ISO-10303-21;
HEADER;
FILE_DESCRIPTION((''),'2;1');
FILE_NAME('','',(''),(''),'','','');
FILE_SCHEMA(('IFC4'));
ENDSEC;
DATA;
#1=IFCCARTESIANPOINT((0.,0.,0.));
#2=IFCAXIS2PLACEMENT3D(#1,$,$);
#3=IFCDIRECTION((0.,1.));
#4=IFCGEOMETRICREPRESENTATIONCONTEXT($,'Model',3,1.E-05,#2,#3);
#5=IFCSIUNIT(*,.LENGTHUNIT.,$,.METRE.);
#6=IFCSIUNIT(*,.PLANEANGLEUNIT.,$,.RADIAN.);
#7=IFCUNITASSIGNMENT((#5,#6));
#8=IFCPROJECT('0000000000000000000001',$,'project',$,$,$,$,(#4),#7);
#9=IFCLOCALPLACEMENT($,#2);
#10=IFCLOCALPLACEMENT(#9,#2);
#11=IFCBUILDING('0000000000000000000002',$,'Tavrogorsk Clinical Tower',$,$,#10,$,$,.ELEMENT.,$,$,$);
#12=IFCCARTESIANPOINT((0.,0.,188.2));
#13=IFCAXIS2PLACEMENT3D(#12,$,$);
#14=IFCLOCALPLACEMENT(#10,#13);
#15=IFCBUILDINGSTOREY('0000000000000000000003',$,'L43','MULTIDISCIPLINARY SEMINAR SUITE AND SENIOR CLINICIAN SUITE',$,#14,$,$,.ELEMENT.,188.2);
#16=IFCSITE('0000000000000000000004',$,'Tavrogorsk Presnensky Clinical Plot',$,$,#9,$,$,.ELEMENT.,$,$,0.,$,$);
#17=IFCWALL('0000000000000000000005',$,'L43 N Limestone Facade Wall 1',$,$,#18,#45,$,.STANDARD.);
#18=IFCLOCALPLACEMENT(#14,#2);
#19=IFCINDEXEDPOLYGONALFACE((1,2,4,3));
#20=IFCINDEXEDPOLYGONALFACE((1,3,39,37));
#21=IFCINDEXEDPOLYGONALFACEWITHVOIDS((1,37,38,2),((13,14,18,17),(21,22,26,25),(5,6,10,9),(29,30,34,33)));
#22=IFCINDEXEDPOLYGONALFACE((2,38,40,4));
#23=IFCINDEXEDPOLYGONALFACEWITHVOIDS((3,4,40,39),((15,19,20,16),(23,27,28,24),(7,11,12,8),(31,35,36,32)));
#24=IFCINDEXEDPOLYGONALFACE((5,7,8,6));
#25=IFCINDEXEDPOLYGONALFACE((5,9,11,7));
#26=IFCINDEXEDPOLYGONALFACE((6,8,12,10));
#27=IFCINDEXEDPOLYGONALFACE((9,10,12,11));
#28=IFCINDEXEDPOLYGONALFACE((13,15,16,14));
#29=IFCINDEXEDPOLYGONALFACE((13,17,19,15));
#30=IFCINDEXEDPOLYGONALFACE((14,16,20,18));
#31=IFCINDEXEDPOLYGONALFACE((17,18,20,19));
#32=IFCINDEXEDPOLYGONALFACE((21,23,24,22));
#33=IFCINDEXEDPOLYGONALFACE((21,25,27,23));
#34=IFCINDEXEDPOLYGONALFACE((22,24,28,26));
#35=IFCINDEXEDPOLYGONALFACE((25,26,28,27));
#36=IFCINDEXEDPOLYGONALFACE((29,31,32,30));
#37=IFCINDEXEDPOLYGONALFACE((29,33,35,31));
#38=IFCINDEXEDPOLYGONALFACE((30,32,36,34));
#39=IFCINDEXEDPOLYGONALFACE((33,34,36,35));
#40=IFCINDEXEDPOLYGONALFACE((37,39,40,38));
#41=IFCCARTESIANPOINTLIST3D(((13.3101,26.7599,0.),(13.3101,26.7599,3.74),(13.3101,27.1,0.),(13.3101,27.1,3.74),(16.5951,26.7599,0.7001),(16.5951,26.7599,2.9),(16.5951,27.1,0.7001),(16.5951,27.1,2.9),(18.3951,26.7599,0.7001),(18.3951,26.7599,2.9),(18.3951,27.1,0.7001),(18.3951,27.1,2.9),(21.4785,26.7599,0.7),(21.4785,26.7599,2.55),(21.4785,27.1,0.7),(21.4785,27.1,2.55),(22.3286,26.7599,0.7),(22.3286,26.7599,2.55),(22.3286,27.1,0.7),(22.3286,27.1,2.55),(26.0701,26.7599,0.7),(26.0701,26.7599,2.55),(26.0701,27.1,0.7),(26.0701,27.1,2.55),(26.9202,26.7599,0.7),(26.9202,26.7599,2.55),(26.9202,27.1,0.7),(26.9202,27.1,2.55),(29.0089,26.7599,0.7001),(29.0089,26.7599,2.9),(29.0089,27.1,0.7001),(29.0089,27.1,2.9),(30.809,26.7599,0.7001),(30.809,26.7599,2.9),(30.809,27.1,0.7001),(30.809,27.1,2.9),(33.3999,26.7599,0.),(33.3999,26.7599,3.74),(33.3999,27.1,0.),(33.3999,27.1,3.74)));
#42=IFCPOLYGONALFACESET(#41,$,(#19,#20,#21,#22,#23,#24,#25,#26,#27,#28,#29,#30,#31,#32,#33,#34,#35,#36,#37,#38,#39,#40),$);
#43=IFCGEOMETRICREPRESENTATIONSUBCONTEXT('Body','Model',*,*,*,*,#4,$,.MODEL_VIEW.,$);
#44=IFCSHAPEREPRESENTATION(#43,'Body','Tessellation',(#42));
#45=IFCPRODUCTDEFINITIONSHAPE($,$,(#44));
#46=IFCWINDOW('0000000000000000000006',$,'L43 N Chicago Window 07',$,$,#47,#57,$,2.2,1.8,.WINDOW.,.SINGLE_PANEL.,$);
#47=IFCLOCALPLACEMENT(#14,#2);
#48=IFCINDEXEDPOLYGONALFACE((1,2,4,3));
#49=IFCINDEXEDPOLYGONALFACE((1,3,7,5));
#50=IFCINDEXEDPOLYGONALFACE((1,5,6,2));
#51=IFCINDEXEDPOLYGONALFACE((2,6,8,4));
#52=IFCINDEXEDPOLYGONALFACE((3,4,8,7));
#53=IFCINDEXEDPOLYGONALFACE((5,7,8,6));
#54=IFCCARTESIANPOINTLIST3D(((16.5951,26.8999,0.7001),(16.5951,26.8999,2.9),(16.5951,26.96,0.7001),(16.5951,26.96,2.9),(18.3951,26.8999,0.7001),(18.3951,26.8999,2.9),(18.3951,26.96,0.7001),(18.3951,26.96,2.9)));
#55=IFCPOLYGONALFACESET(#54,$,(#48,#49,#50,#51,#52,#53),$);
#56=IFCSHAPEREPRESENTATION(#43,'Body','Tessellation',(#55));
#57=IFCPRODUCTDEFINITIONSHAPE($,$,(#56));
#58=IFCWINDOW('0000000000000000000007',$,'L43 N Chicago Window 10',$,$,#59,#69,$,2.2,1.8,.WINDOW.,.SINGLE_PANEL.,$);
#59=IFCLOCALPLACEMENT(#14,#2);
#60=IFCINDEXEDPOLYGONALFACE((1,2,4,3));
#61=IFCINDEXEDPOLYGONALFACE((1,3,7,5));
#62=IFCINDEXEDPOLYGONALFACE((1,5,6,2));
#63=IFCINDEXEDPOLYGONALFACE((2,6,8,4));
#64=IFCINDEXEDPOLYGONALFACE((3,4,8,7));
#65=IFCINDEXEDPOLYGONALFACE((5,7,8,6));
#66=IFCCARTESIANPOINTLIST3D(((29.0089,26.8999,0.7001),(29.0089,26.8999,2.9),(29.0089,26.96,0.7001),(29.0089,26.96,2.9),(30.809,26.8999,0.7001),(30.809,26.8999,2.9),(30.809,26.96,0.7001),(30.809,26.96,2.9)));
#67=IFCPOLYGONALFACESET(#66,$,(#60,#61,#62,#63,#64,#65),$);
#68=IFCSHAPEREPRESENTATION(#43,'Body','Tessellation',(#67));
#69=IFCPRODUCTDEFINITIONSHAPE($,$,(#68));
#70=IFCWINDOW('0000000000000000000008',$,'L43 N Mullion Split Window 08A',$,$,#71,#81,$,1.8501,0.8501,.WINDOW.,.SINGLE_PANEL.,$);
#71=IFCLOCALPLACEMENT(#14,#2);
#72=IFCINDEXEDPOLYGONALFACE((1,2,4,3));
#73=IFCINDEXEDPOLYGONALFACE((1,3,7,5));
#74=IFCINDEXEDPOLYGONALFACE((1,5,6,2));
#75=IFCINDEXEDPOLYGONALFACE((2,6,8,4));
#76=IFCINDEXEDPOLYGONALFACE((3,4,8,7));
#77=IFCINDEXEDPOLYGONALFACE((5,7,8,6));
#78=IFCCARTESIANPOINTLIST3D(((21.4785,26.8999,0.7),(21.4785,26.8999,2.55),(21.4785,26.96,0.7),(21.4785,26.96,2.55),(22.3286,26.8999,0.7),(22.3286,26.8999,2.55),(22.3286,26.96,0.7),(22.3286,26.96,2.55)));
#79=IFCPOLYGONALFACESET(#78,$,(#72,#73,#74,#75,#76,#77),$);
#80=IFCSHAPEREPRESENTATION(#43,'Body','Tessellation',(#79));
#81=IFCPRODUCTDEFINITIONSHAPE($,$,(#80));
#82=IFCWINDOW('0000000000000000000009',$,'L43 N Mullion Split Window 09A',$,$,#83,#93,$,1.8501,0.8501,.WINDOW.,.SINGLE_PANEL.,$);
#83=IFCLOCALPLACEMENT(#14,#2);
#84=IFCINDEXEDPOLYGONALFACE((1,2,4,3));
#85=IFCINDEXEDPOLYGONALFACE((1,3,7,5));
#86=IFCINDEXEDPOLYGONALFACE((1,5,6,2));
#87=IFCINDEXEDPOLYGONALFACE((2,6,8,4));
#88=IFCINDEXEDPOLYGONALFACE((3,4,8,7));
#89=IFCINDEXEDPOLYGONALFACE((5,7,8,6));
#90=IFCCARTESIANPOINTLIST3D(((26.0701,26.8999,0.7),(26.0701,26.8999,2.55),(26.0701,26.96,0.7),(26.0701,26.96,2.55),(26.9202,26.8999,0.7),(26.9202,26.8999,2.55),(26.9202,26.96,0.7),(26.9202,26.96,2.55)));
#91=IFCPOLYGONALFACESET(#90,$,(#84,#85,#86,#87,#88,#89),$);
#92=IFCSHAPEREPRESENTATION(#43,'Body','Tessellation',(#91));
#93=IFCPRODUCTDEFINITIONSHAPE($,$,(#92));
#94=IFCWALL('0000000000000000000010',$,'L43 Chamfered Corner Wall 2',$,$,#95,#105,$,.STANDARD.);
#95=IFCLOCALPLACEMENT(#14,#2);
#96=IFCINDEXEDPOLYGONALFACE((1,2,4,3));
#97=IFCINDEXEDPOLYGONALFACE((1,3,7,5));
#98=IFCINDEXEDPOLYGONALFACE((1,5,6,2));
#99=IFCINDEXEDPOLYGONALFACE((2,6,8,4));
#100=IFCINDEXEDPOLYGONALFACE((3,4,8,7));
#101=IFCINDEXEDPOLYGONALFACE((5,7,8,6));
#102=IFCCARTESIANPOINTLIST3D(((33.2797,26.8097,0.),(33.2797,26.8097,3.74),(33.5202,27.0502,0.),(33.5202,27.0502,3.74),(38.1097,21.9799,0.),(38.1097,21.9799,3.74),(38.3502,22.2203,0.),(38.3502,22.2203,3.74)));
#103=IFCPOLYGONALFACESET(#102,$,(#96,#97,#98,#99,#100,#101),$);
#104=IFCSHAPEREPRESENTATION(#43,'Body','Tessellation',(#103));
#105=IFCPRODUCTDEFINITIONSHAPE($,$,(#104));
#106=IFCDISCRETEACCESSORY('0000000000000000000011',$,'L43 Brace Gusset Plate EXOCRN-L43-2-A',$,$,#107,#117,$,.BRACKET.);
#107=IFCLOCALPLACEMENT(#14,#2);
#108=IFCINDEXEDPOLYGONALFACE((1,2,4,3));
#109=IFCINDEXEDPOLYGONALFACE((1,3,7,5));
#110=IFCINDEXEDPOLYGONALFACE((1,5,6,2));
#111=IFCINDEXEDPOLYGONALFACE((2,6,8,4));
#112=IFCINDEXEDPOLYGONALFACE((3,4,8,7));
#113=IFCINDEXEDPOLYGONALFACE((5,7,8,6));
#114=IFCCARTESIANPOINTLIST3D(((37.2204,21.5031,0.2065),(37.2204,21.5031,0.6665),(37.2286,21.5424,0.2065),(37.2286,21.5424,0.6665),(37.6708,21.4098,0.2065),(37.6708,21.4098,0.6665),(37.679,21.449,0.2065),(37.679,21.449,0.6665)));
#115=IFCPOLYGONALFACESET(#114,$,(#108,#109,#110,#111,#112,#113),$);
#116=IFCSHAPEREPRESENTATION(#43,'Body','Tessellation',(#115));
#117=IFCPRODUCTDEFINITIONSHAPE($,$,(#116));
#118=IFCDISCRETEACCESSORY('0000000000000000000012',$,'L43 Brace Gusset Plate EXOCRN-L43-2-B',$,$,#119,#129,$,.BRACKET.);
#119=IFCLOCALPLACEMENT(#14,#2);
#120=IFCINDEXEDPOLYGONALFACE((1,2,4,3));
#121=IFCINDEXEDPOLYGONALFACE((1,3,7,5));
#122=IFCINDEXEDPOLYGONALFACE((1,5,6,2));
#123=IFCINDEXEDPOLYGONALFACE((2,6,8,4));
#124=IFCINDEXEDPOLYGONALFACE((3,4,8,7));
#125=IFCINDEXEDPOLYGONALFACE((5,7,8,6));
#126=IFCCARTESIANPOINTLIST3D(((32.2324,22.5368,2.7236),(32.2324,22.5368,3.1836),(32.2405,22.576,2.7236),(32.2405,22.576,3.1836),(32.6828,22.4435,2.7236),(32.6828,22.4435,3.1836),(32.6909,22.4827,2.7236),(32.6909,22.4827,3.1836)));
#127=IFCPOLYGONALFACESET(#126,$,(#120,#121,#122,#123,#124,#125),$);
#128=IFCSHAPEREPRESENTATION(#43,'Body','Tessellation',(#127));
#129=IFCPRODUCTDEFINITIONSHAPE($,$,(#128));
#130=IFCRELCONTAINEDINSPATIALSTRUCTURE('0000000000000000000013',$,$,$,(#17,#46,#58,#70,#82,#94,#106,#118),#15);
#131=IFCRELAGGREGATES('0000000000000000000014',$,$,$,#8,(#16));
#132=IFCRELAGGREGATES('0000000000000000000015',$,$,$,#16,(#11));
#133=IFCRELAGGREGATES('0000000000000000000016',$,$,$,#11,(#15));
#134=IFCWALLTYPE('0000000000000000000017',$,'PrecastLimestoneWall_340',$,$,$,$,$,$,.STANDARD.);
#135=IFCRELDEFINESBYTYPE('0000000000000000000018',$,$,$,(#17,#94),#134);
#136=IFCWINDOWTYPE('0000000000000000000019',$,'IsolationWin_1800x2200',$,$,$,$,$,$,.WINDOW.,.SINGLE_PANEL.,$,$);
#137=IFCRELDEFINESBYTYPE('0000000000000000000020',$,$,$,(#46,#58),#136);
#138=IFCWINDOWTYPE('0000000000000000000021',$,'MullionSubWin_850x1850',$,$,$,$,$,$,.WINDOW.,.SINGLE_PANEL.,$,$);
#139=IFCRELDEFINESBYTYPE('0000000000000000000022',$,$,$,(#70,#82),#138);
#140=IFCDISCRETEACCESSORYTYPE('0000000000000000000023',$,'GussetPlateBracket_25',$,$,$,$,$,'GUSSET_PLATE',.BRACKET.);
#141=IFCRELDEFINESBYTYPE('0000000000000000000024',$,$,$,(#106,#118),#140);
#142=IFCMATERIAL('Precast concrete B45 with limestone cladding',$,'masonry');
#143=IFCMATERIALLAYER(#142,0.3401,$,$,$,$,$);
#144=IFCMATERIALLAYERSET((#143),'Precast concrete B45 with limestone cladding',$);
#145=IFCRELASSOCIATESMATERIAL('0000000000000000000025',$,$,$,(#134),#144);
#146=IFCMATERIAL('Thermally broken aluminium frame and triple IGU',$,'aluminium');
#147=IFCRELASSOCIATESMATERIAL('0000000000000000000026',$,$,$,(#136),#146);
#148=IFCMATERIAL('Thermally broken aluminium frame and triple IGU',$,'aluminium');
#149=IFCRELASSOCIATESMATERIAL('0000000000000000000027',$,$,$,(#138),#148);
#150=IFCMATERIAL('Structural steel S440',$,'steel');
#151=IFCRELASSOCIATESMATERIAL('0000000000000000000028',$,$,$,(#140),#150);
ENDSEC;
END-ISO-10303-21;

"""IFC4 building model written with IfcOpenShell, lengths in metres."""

from ifc_helpers import new_model, si_unit, direction, frame, frame_2d, origin, origin_2d, place, context, subcontext, project, spatial, rectangle, extrude, material, layer, layer_set, type_object, element, fill, save


model = new_model("IFC4")

# Units and contexts
model_context = context("Model", 3, precision=1e-05, world=origin(), true_north=direction((0.0, 1.0)))
body_context = subcontext(model_context, "Body", "Model", "MODEL_VIEW")
ifc_project = project(units=[si_unit("LENGTHUNIT", "METRE"), si_unit("PLANEANGLEUNIT", "RADIAN")], contexts=[model_context])

# Site, building, storey
site_placement = place(None, origin())
site = spatial("IfcSite", under=ifc_project, at=site_placement, Name="Tavrogorsk Presnensky Clinical Plot", CompositionType="ELEMENT", RefElevation=0.0)
building_placement = place(site_placement, origin())
building = spatial("IfcBuilding", under=site, at=building_placement, Name="Tavrogorsk Clinical Tower", CompositionType="ELEMENT")
storey_placement = place(building_placement, frame((0.0, 0.0, 188.2)))
storey = spatial("IfcBuildingStorey", under=building, at=storey_placement, Name="L43", Description="MULTIDISCIPLINARY SEMINAR SUITE AND SENIOR CLINICIAN SUITE", CompositionType="ELEMENT", Elevation=188.2)

# Wall, openings, windows
ifc_material_1 = material(Name="Precast concrete B45 with limestone cladding", Category="masonry")
ifc_layer_1 = layer(ifc_material_1, 0.3401)
ifc_layer_set_1 = layer_set([ifc_layer_1], Name="Precast concrete B45 with limestone cladding")
wall_type_1 = type_object("IfcWallType", Name="PrecastLimestoneWall_340", PredefinedType="STANDARD", material=ifc_layer_set_1)
wall_1_placement = place(storey_placement, frame((33.3999, 26.9299, 0.0), z_axis=(0.0, 0.0, 1.0), x_axis=(-1.0, 0.0, 0.0)))
wall_1 = element("IfcWall", 1, at=wall_1_placement, inside=storey, type_object=wall_type_1, Name="L43 N Limestone Facade Wall 1", PredefinedType="STANDARD", context=body_context, shape_type="SweptSolid", body=[
    extrude(rectangle(XDim=20.0898, YDim=0.3401, at=frame_2d((10.0449, 0.0))), origin(), (0.0, 0.0, 1.0), 3.74),
])
opening_1_placement = place(wall_1_placement, frame((15.0049, 0.0, 0.7)))
opening_1 = element("IfcOpeningElement", 2, at=opening_1_placement, cuts=wall_1, PredefinedType="OPENING", context=body_context, shape_type="SweptSolid", body=[
    extrude(rectangle(XDim=1.8, YDim=2.2, at=frame_2d((0.8999, 1.1001))), frame((0.0, 0.1799, 0.0), z_axis=(0.0, -1.0, 0.0), x_axis=(1.0, 0.0, 0.0)), (0.0, 0.0, 1.0), 0.3601),
])
opening_2_placement = place(wall_1_placement, frame((11.0713, 0.0, 0.7)))
opening_2 = element("IfcOpeningElement", 3, at=opening_2_placement, cuts=wall_1, PredefinedType="OPENING", context=body_context, shape_type="SweptSolid", body=[
    extrude(rectangle(XDim=0.8501, YDim=1.8501, at=frame_2d((0.425, 0.925))), frame((0.0, 0.1799, 0.0), z_axis=(0.0, -1.0, 0.0), x_axis=(1.0, 0.0, 0.0)), (0.0, 0.0, 1.0), 0.3601),
])
opening_3_placement = place(wall_1_placement, frame((6.4797, 0.0, 0.7)))
opening_3 = element("IfcOpeningElement", 4, at=opening_3_placement, cuts=wall_1, PredefinedType="OPENING", context=body_context, shape_type="SweptSolid", body=[
    extrude(rectangle(XDim=0.8501, YDim=1.8501, at=frame_2d((0.425, 0.925))), frame((0.0, 0.1799, 0.0), z_axis=(0.0, -1.0, 0.0), x_axis=(1.0, 0.0, 0.0)), (0.0, 0.0, 1.0), 0.3601),
])
opening_4_placement = place(wall_1_placement, frame((2.5911, 0.0, 0.7)))
opening_4 = element("IfcOpeningElement", 5, at=opening_4_placement, cuts=wall_1, PredefinedType="OPENING", context=body_context, shape_type="SweptSolid", body=[
    extrude(rectangle(XDim=1.8, YDim=2.2, at=frame_2d((0.8999, 1.1001))), frame((0.0, 0.1799, 0.0), z_axis=(0.0, -1.0, 0.0), x_axis=(1.0, 0.0, 0.0)), (0.0, 0.0, 1.0), 0.3601),
])
ifc_material_2 = material(Name="Thermally broken aluminium frame and triple IGU", Category="aluminium")
window_type_1 = type_object("IfcWindowType", Name="IsolationWin_1800x2200", PartitioningType="SINGLE_PANEL", PredefinedType="WINDOW", material=ifc_material_2)
window_1_placement = place(opening_1_placement, origin())
window_1 = element("IfcWindow", 6, at=window_1_placement, inside=storey, type_object=window_type_1, Name="L43 N Chicago Window 07", OverallHeight=2.2, OverallWidth=1.8, PartitioningType="SINGLE_PANEL", PredefinedType="WINDOW", context=body_context, shape_type="SweptSolid", body=[
    extrude(rectangle(XDim=1.8, YDim=2.2, at=frame_2d((0.8999, 1.1001))), frame((0.0, 0.03, 0.0), z_axis=(0.0, -1.0, 0.0), x_axis=(1.0, 0.0, 0.0)), (0.0, 0.0, 1.0), 0.0601),
])
fill(opening_1, window_1)
window_2_placement = place(opening_4_placement, origin())
window_2 = element("IfcWindow", 7, at=window_2_placement, inside=storey, type_object=window_type_1, Name="L43 N Chicago Window 10", OverallHeight=2.2, OverallWidth=1.8, PartitioningType="SINGLE_PANEL", PredefinedType="WINDOW", context=body_context, shape_type="SweptSolid", body=[
    extrude(rectangle(XDim=1.8, YDim=2.2, at=frame_2d((0.8999, 1.1001))), frame((0.0, 0.03, 0.0), z_axis=(0.0, -1.0, 0.0), x_axis=(1.0, 0.0, 0.0)), (0.0, 0.0, 1.0), 0.0601),
])
fill(opening_4, window_2)
ifc_material_3 = material(Name="Thermally broken aluminium frame and triple IGU", Category="aluminium")
window_type_2 = type_object("IfcWindowType", Name="MullionSubWin_850x1850", PartitioningType="SINGLE_PANEL", PredefinedType="WINDOW", material=ifc_material_3)
window_3_placement = place(opening_2_placement, origin())
window_3 = element("IfcWindow", 8, at=window_3_placement, inside=storey, type_object=window_type_2, Name="L43 N Mullion Split Window 08A", OverallHeight=1.8501, OverallWidth=0.8501, PartitioningType="SINGLE_PANEL", PredefinedType="WINDOW", context=body_context, shape_type="SweptSolid", body=[
    extrude(rectangle(XDim=0.8501, YDim=1.8501, at=frame_2d((0.425, 0.925))), frame((0.0, 0.03, 0.0), z_axis=(0.0, -1.0, 0.0), x_axis=(1.0, 0.0, 0.0)), (0.0, 0.0, 1.0), 0.0601),
])
fill(opening_2, window_3)
window_4_placement = place(opening_3_placement, origin())
window_4 = element("IfcWindow", 9, at=window_4_placement, inside=storey, type_object=window_type_2, Name="L43 N Mullion Split Window 09A", OverallHeight=1.8501, OverallWidth=0.8501, PartitioningType="SINGLE_PANEL", PredefinedType="WINDOW", context=body_context, shape_type="SweptSolid", body=[
    extrude(rectangle(XDim=0.8501, YDim=1.8501, at=frame_2d((0.425, 0.925))), frame((0.0, 0.03, 0.0), z_axis=(0.0, -1.0, 0.0), x_axis=(1.0, 0.0, 0.0)), (0.0, 0.0, 1.0), 0.0601),
])
fill(opening_3, window_4)

# Wall
wall_2_placement = place(storey_placement, frame((38.23, 22.1001, 0.0), z_axis=(0.0, 0.0, 1.0), x_axis=(-0.707125, 0.707089, 0.0)))
element("IfcWall", 10, at=wall_2_placement, inside=storey, type_object=wall_type_1, Name="L43 Chamfered Corner Wall 2", PredefinedType="STANDARD", context=body_context, shape_type="SweptSolid", body=[
    extrude(rectangle(XDim=6.8306, YDim=0.3401, at=frame_2d((3.4153, 0.0))), origin(), (0.0, 0.0, 1.0), 3.74),
])

# Discrete accessories
ifc_material_4 = material(Name="Structural steel S440", Category="steel")
discrete_accessory_type = type_object("IfcDiscreteAccessoryType", Name="GussetPlateBracket_25", ElementType="GUSSET_PLATE", PredefinedType="BRACKET", material=ifc_material_4)
for number, where, z_axis, x_axis, name in (
    (11, (37.4497, 21.4761, 0.2065), (0.0, 0.0, 1.0), (-0.979187, 0.202958, 0.0), "L43 Brace Gusset Plate EXOCRN-L43-2-A"),
    (12, (32.4617, 22.5098, 2.7236), (0.0, 0.0, 1.0), (-0.979187, 0.202958, 0.0), "L43 Brace Gusset Plate EXOCRN-L43-2-B"),
):
    element("IfcDiscreteAccessory", number, at=place(storey_placement, frame(where, z_axis=z_axis, x_axis=x_axis)), inside=storey, type_object=discrete_accessory_type, Name=name, PredefinedType="BRACKET", context=body_context, shape_type="SweptSolid", body=[
        extrude(rectangle(XDim=0.46, YDim=0.04, at=origin_2d()), origin(), (0.0, 0.0, 1.0), 0.46),
    ])

save(model, "model.ifc")
